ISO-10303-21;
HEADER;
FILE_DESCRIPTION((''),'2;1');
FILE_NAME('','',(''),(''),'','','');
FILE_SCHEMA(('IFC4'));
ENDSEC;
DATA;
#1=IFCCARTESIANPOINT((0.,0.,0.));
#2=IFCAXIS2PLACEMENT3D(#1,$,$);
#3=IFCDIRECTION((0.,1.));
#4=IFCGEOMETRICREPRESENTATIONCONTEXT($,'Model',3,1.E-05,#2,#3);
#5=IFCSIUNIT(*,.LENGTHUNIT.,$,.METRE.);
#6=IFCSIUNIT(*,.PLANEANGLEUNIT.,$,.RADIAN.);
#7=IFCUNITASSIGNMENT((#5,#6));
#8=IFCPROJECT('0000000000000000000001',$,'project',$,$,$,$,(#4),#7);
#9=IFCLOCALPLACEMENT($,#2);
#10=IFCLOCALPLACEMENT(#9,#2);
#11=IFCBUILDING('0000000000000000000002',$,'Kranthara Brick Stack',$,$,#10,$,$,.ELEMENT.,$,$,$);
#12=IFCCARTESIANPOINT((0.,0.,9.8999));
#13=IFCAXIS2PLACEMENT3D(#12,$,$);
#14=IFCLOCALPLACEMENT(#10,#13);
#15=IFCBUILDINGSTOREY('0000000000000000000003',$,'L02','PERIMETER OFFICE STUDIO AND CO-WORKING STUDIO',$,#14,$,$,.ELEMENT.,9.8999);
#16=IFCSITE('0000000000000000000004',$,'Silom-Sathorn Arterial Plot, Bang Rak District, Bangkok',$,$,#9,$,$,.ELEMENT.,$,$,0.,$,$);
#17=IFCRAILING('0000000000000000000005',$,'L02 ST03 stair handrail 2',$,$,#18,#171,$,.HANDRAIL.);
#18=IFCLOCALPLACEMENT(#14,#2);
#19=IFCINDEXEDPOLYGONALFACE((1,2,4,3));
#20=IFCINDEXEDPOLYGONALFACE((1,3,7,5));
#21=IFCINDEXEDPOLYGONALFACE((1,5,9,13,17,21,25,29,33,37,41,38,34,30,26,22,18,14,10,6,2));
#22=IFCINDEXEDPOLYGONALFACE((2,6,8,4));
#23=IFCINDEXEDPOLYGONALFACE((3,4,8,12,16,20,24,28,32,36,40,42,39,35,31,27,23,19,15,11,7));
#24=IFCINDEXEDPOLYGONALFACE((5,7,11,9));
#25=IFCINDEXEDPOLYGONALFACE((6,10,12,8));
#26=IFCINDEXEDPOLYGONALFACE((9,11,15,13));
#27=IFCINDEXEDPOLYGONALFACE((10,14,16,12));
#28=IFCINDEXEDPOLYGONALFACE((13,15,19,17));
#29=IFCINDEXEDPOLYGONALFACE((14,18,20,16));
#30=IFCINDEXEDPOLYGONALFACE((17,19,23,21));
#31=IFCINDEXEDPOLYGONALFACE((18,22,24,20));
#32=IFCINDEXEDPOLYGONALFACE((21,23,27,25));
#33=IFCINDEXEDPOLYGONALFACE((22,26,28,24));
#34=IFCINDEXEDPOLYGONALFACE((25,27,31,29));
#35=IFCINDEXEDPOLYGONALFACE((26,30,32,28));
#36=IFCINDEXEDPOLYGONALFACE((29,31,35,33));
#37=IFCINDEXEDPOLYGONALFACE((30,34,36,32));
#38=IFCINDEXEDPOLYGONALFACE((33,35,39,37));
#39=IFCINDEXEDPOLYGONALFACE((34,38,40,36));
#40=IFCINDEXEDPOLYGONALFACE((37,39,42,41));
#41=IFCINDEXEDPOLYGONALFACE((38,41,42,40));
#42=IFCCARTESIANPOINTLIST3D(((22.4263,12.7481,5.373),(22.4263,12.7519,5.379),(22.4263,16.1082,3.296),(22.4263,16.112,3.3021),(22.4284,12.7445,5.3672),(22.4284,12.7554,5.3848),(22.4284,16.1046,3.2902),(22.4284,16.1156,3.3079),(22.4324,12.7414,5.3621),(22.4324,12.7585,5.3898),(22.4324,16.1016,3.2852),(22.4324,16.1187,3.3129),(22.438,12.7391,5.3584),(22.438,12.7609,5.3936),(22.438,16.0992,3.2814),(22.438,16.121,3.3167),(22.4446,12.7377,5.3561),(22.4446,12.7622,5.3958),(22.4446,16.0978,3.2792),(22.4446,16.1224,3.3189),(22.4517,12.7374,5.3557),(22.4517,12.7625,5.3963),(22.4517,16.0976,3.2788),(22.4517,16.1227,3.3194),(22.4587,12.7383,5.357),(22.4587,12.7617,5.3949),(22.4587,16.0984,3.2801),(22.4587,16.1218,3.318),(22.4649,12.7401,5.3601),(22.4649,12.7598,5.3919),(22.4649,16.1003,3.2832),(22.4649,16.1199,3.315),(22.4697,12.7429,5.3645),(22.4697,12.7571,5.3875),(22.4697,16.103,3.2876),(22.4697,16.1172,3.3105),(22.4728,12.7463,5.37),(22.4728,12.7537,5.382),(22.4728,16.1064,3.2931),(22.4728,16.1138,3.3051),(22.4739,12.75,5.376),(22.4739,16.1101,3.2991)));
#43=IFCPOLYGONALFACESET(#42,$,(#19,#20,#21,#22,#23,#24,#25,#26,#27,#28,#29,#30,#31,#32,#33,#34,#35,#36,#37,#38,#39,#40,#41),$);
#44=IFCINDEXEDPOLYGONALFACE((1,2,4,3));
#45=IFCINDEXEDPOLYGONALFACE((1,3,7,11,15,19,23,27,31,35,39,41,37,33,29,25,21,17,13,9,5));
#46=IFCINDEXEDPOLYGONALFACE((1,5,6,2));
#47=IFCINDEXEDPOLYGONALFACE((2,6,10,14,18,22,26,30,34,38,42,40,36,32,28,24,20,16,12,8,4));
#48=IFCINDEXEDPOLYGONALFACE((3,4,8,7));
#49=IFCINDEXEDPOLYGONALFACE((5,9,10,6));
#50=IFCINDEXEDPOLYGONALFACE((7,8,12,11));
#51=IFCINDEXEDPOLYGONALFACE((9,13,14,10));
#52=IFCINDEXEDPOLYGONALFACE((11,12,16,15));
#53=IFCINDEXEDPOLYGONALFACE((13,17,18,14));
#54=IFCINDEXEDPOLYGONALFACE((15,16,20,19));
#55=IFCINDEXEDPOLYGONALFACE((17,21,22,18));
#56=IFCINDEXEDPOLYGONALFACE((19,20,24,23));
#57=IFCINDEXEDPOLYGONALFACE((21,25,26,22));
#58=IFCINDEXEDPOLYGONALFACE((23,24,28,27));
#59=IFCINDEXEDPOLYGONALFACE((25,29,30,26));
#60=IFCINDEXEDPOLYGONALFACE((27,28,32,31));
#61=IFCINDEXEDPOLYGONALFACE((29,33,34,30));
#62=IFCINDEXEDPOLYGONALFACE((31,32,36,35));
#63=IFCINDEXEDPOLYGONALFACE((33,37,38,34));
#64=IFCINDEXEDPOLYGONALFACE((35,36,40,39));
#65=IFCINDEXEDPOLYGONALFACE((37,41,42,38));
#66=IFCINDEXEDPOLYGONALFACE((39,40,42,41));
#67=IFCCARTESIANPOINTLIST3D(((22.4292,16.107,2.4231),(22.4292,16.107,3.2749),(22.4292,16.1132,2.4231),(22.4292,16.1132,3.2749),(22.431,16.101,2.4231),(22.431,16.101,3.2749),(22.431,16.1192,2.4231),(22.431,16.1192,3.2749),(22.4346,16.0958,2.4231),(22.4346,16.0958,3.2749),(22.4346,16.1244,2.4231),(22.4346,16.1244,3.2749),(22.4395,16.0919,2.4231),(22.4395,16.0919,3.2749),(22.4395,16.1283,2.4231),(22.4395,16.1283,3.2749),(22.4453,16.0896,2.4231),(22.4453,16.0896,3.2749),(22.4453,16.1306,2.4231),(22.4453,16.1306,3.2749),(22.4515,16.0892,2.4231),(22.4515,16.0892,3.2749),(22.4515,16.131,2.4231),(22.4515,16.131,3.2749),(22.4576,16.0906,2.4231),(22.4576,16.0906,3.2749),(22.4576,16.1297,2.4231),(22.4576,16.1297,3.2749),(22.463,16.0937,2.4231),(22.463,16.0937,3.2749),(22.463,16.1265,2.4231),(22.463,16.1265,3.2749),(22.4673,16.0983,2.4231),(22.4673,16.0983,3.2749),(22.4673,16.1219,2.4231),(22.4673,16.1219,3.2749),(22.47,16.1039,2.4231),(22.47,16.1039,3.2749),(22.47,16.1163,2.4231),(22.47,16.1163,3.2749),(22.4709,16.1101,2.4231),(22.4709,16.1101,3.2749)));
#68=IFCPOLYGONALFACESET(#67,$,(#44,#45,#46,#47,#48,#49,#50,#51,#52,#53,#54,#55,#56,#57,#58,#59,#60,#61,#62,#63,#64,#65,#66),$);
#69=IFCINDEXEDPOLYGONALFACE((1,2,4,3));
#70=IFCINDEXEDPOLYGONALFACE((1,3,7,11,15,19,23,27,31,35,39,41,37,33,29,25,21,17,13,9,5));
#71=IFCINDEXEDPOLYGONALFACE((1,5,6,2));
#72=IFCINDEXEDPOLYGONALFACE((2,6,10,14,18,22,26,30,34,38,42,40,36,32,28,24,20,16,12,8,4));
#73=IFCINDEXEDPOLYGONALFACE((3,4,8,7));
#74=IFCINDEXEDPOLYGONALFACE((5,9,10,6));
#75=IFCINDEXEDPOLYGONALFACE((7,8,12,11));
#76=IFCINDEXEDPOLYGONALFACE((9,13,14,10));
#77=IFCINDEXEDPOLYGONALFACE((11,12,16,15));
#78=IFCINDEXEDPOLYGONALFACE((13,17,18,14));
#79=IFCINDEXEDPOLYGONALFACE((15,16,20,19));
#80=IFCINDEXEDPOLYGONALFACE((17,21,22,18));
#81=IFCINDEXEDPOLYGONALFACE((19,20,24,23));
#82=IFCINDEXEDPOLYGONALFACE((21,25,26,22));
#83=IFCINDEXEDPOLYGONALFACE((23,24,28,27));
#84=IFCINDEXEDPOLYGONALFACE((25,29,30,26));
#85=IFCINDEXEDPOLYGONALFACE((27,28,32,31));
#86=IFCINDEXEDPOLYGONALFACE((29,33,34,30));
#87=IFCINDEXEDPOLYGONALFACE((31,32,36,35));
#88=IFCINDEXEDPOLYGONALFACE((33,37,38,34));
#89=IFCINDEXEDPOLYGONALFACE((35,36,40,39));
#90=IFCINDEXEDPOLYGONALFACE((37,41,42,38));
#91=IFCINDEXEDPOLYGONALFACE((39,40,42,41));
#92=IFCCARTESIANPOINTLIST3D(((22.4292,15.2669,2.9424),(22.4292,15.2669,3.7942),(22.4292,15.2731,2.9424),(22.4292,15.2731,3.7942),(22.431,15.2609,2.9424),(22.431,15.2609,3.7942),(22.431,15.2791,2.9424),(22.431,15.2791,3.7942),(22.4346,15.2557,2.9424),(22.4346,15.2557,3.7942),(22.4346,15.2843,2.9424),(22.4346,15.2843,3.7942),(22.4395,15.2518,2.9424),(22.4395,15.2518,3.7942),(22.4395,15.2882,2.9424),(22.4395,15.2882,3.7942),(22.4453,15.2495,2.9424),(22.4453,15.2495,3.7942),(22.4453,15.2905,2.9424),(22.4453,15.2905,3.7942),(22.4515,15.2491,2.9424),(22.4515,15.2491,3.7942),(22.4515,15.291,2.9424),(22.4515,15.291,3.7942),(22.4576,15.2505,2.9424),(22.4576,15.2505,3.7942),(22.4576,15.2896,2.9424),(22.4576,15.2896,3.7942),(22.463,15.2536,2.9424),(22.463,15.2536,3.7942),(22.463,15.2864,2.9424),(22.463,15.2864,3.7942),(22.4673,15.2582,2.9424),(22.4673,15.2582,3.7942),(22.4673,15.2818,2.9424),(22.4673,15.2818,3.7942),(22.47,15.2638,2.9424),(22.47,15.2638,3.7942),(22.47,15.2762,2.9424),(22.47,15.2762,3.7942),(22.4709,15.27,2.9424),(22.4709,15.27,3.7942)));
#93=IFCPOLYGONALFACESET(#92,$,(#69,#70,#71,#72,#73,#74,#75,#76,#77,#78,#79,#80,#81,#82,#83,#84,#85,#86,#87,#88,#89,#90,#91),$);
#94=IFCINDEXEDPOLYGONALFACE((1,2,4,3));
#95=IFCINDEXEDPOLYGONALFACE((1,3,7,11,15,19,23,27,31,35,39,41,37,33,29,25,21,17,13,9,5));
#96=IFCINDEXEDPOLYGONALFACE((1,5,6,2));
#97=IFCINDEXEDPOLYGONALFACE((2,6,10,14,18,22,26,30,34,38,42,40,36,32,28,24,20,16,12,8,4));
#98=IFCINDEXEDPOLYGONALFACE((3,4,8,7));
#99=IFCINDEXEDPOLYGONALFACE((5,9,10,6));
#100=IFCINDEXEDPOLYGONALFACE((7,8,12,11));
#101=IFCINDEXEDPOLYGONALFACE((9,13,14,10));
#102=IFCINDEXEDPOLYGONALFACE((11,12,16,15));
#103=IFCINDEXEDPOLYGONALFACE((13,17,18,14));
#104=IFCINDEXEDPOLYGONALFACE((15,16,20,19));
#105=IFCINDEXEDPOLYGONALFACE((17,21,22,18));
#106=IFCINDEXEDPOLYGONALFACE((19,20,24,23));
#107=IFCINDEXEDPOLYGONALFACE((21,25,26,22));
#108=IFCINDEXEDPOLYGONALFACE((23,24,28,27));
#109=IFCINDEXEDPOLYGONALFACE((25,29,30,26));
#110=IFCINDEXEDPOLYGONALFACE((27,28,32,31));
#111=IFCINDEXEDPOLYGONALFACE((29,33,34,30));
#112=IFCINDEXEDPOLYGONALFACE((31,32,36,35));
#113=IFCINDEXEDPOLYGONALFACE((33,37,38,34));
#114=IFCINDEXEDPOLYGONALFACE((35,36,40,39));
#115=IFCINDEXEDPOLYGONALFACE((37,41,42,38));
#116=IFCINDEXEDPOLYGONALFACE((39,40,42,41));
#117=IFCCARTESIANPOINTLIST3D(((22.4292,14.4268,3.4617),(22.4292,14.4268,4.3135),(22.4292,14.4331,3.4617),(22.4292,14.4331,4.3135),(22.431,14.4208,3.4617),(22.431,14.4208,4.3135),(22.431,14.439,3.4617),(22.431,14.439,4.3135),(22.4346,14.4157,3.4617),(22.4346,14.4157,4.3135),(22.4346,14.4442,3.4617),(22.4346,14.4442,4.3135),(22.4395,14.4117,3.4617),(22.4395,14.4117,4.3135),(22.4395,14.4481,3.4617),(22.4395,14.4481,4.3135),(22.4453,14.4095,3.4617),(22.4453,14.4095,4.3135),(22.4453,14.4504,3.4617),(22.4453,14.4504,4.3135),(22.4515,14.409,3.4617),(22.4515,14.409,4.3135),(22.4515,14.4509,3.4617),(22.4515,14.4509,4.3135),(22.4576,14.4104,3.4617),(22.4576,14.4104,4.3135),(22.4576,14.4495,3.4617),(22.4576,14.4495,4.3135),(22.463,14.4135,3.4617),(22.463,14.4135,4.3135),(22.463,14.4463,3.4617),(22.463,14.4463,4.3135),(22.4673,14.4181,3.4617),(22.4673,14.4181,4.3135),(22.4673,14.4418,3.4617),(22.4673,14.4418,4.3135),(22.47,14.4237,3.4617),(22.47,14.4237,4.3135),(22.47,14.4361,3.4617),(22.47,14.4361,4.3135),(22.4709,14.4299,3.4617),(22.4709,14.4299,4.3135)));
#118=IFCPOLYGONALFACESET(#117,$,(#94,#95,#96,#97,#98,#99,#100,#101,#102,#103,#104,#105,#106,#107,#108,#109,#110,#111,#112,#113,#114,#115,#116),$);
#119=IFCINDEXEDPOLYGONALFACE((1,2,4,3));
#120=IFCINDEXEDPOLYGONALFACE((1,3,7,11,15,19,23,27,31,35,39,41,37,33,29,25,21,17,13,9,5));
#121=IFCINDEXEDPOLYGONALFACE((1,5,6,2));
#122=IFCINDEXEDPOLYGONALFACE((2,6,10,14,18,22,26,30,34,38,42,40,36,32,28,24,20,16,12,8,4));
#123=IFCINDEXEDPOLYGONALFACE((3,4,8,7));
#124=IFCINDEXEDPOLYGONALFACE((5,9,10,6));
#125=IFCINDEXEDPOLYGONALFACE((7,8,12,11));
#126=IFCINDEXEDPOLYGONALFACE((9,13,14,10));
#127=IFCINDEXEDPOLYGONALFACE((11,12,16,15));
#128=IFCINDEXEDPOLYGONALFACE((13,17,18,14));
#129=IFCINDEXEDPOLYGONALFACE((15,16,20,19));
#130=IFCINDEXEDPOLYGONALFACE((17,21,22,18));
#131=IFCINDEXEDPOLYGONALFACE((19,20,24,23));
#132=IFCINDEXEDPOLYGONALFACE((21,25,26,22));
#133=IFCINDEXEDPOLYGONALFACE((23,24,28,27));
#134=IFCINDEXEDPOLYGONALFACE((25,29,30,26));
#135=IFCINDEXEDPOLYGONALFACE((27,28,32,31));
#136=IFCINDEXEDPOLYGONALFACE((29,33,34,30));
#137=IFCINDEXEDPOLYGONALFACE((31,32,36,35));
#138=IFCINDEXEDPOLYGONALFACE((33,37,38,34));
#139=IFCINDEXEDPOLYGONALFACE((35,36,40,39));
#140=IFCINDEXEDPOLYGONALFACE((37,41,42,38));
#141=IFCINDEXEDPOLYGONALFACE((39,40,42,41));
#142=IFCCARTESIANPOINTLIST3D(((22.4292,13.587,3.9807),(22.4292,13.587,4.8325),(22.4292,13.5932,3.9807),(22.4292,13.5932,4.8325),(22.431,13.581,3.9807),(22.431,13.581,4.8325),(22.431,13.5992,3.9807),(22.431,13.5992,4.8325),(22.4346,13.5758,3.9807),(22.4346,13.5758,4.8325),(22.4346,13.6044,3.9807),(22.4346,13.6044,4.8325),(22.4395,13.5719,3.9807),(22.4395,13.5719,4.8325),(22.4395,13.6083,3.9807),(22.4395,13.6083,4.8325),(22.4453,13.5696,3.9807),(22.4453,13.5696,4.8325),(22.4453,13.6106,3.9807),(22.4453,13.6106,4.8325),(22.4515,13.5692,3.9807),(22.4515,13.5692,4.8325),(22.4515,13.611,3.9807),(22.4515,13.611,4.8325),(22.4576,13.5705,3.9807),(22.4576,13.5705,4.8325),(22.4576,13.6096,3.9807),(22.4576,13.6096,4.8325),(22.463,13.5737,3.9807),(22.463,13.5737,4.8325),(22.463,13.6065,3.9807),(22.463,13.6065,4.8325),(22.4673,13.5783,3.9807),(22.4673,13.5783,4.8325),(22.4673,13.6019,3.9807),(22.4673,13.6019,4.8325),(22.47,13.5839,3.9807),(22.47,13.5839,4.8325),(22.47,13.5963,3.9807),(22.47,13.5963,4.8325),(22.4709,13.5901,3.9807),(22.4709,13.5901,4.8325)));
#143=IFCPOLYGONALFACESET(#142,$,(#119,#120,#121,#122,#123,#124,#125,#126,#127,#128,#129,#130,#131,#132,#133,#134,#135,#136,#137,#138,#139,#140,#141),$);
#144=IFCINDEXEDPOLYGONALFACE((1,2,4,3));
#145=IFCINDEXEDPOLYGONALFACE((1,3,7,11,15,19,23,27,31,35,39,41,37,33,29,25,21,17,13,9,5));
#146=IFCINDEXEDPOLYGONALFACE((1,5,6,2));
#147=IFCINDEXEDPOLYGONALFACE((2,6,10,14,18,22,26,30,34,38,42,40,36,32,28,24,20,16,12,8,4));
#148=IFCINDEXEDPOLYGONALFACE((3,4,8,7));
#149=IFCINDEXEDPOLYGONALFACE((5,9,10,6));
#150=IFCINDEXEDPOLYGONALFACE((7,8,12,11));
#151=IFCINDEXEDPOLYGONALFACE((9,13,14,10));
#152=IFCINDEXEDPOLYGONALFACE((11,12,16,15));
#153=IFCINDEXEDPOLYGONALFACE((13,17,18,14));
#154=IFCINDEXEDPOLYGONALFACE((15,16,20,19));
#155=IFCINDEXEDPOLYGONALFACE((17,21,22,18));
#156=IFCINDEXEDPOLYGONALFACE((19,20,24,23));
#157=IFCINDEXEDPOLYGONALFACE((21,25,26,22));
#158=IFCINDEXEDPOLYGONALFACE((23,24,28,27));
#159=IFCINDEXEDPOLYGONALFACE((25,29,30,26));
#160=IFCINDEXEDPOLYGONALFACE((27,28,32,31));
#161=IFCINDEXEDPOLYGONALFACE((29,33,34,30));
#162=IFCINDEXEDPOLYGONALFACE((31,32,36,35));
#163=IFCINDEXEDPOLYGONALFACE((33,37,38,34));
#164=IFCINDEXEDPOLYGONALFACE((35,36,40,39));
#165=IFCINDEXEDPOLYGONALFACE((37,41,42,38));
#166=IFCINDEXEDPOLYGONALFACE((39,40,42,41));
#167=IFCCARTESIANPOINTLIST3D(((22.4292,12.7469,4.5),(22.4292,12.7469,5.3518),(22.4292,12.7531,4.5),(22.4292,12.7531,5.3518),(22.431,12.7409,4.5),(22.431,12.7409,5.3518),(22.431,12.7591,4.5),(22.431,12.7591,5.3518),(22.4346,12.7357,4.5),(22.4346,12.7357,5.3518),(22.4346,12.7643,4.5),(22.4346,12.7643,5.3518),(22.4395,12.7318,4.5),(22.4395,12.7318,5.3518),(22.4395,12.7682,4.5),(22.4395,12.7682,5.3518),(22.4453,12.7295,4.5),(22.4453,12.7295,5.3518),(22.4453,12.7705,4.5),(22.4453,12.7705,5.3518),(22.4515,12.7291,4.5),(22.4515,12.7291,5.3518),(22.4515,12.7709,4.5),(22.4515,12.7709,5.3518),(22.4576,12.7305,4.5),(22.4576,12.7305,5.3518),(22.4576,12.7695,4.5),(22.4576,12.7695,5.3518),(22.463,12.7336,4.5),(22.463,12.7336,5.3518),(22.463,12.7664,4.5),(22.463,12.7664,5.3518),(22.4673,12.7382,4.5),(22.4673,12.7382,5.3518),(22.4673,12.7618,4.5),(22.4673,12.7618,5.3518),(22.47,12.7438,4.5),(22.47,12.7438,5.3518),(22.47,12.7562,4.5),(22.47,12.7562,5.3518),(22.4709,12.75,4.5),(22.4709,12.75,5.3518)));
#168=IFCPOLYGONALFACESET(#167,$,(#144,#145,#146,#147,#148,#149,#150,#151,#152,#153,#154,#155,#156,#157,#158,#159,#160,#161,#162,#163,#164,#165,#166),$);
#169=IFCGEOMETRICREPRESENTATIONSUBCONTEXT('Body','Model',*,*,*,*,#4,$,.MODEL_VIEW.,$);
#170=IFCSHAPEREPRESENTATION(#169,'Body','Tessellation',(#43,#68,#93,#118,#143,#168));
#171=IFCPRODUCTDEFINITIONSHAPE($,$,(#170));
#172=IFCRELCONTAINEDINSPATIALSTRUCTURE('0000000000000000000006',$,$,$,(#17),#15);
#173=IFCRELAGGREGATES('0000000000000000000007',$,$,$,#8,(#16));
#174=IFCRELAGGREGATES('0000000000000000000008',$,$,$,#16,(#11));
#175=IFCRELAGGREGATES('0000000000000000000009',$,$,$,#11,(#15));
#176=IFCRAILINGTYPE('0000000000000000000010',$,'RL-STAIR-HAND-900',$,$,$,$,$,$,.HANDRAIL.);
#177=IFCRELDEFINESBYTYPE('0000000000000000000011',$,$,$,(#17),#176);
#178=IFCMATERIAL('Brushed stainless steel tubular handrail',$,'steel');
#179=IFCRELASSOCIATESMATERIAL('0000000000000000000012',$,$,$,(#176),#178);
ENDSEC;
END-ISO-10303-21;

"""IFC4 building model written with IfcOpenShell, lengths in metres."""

from ifc_helpers import new_model, si_unit, direction, frame, origin, origin_2d, place, context, subcontext, project, spatial, circle, extrude, material, type_object, element, save


model = new_model("IFC4")

# Units and contexts
model_context = context("Model", 3, precision=1e-05, world=origin(), true_north=direction((0.0, 1.0)))
body_context = subcontext(model_context, "Body", "Model", "MODEL_VIEW")
ifc_project = project(units=[si_unit("LENGTHUNIT", "METRE"), si_unit("PLANEANGLEUNIT", "RADIAN")], contexts=[model_context])

# Site, building, storey
site_placement = place(None, origin())
site = spatial("IfcSite", under=ifc_project, at=site_placement, Name="Silom-Sathorn Arterial Plot, Bang Rak District, Bangkok", CompositionType="ELEMENT", RefElevation=0.0)
building_placement = place(site_placement, origin())
building = spatial("IfcBuilding", under=site, at=building_placement, Name="Kranthara Brick Stack", CompositionType="ELEMENT")
storey_placement = place(building_placement, frame((0.0, 0.0, 9.8999)))
storey = spatial("IfcBuildingStorey", under=building, at=storey_placement, Name="L02", Description="PERIMETER OFFICE STUDIO AND CO-WORKING STUDIO", CompositionType="ELEMENT", Elevation=9.8999)

# Railing
ifc_material_1 = material(Name="Brushed stainless steel tubular handrail", Category="steel")
railing_type = type_object("IfcRailingType", Name="RL-STAIR-HAND-900", PredefinedType="HANDRAIL", material=ifc_material_1)
railing_placement = place(storey_placement, frame((22.45, 16.1101, 2.4231)))
element("IfcRailing", 1, at=railing_placement, inside=storey, type_object=railing_type, Name="L02 ST03 stair handrail 2", PredefinedType="HANDRAIL", context=body_context, shape_type="SweptSolid", body=[
    extrude(circle(Radius=0.0239, at=origin_2d()), frame((0.0, 0.0, 0.876), z_axis=(0.0, -0.850623, 0.525776), x_axis=(1.0, 0.0, 0.0)), (0.0, 0.0, 1.0), 3.9502),
    extrude(circle(Radius=0.021, at=origin_2d()), origin(), (0.0, 0.0, 1.0), 0.8518),
    extrude(circle(Radius=0.021, at=origin_2d()), frame((0.0, -0.8401, 0.5193)), (0.0, 0.0, 1.0), 0.8518),
    extrude(circle(Radius=0.021, at=origin_2d()), frame((0.0, -1.6802, 1.0386)), (0.0, 0.0, 1.0), 0.8518),
    extrude(circle(Radius=0.021, at=origin_2d()), frame((0.0, -2.52, 1.5576)), (0.0, 0.0, 1.0), 0.8518),
    extrude(circle(Radius=0.021, at=origin_2d()), frame((0.0, -3.3601, 2.0769)), (0.0, 0.0, 1.0), 0.8518),
])

save(model, "model.ifc")
